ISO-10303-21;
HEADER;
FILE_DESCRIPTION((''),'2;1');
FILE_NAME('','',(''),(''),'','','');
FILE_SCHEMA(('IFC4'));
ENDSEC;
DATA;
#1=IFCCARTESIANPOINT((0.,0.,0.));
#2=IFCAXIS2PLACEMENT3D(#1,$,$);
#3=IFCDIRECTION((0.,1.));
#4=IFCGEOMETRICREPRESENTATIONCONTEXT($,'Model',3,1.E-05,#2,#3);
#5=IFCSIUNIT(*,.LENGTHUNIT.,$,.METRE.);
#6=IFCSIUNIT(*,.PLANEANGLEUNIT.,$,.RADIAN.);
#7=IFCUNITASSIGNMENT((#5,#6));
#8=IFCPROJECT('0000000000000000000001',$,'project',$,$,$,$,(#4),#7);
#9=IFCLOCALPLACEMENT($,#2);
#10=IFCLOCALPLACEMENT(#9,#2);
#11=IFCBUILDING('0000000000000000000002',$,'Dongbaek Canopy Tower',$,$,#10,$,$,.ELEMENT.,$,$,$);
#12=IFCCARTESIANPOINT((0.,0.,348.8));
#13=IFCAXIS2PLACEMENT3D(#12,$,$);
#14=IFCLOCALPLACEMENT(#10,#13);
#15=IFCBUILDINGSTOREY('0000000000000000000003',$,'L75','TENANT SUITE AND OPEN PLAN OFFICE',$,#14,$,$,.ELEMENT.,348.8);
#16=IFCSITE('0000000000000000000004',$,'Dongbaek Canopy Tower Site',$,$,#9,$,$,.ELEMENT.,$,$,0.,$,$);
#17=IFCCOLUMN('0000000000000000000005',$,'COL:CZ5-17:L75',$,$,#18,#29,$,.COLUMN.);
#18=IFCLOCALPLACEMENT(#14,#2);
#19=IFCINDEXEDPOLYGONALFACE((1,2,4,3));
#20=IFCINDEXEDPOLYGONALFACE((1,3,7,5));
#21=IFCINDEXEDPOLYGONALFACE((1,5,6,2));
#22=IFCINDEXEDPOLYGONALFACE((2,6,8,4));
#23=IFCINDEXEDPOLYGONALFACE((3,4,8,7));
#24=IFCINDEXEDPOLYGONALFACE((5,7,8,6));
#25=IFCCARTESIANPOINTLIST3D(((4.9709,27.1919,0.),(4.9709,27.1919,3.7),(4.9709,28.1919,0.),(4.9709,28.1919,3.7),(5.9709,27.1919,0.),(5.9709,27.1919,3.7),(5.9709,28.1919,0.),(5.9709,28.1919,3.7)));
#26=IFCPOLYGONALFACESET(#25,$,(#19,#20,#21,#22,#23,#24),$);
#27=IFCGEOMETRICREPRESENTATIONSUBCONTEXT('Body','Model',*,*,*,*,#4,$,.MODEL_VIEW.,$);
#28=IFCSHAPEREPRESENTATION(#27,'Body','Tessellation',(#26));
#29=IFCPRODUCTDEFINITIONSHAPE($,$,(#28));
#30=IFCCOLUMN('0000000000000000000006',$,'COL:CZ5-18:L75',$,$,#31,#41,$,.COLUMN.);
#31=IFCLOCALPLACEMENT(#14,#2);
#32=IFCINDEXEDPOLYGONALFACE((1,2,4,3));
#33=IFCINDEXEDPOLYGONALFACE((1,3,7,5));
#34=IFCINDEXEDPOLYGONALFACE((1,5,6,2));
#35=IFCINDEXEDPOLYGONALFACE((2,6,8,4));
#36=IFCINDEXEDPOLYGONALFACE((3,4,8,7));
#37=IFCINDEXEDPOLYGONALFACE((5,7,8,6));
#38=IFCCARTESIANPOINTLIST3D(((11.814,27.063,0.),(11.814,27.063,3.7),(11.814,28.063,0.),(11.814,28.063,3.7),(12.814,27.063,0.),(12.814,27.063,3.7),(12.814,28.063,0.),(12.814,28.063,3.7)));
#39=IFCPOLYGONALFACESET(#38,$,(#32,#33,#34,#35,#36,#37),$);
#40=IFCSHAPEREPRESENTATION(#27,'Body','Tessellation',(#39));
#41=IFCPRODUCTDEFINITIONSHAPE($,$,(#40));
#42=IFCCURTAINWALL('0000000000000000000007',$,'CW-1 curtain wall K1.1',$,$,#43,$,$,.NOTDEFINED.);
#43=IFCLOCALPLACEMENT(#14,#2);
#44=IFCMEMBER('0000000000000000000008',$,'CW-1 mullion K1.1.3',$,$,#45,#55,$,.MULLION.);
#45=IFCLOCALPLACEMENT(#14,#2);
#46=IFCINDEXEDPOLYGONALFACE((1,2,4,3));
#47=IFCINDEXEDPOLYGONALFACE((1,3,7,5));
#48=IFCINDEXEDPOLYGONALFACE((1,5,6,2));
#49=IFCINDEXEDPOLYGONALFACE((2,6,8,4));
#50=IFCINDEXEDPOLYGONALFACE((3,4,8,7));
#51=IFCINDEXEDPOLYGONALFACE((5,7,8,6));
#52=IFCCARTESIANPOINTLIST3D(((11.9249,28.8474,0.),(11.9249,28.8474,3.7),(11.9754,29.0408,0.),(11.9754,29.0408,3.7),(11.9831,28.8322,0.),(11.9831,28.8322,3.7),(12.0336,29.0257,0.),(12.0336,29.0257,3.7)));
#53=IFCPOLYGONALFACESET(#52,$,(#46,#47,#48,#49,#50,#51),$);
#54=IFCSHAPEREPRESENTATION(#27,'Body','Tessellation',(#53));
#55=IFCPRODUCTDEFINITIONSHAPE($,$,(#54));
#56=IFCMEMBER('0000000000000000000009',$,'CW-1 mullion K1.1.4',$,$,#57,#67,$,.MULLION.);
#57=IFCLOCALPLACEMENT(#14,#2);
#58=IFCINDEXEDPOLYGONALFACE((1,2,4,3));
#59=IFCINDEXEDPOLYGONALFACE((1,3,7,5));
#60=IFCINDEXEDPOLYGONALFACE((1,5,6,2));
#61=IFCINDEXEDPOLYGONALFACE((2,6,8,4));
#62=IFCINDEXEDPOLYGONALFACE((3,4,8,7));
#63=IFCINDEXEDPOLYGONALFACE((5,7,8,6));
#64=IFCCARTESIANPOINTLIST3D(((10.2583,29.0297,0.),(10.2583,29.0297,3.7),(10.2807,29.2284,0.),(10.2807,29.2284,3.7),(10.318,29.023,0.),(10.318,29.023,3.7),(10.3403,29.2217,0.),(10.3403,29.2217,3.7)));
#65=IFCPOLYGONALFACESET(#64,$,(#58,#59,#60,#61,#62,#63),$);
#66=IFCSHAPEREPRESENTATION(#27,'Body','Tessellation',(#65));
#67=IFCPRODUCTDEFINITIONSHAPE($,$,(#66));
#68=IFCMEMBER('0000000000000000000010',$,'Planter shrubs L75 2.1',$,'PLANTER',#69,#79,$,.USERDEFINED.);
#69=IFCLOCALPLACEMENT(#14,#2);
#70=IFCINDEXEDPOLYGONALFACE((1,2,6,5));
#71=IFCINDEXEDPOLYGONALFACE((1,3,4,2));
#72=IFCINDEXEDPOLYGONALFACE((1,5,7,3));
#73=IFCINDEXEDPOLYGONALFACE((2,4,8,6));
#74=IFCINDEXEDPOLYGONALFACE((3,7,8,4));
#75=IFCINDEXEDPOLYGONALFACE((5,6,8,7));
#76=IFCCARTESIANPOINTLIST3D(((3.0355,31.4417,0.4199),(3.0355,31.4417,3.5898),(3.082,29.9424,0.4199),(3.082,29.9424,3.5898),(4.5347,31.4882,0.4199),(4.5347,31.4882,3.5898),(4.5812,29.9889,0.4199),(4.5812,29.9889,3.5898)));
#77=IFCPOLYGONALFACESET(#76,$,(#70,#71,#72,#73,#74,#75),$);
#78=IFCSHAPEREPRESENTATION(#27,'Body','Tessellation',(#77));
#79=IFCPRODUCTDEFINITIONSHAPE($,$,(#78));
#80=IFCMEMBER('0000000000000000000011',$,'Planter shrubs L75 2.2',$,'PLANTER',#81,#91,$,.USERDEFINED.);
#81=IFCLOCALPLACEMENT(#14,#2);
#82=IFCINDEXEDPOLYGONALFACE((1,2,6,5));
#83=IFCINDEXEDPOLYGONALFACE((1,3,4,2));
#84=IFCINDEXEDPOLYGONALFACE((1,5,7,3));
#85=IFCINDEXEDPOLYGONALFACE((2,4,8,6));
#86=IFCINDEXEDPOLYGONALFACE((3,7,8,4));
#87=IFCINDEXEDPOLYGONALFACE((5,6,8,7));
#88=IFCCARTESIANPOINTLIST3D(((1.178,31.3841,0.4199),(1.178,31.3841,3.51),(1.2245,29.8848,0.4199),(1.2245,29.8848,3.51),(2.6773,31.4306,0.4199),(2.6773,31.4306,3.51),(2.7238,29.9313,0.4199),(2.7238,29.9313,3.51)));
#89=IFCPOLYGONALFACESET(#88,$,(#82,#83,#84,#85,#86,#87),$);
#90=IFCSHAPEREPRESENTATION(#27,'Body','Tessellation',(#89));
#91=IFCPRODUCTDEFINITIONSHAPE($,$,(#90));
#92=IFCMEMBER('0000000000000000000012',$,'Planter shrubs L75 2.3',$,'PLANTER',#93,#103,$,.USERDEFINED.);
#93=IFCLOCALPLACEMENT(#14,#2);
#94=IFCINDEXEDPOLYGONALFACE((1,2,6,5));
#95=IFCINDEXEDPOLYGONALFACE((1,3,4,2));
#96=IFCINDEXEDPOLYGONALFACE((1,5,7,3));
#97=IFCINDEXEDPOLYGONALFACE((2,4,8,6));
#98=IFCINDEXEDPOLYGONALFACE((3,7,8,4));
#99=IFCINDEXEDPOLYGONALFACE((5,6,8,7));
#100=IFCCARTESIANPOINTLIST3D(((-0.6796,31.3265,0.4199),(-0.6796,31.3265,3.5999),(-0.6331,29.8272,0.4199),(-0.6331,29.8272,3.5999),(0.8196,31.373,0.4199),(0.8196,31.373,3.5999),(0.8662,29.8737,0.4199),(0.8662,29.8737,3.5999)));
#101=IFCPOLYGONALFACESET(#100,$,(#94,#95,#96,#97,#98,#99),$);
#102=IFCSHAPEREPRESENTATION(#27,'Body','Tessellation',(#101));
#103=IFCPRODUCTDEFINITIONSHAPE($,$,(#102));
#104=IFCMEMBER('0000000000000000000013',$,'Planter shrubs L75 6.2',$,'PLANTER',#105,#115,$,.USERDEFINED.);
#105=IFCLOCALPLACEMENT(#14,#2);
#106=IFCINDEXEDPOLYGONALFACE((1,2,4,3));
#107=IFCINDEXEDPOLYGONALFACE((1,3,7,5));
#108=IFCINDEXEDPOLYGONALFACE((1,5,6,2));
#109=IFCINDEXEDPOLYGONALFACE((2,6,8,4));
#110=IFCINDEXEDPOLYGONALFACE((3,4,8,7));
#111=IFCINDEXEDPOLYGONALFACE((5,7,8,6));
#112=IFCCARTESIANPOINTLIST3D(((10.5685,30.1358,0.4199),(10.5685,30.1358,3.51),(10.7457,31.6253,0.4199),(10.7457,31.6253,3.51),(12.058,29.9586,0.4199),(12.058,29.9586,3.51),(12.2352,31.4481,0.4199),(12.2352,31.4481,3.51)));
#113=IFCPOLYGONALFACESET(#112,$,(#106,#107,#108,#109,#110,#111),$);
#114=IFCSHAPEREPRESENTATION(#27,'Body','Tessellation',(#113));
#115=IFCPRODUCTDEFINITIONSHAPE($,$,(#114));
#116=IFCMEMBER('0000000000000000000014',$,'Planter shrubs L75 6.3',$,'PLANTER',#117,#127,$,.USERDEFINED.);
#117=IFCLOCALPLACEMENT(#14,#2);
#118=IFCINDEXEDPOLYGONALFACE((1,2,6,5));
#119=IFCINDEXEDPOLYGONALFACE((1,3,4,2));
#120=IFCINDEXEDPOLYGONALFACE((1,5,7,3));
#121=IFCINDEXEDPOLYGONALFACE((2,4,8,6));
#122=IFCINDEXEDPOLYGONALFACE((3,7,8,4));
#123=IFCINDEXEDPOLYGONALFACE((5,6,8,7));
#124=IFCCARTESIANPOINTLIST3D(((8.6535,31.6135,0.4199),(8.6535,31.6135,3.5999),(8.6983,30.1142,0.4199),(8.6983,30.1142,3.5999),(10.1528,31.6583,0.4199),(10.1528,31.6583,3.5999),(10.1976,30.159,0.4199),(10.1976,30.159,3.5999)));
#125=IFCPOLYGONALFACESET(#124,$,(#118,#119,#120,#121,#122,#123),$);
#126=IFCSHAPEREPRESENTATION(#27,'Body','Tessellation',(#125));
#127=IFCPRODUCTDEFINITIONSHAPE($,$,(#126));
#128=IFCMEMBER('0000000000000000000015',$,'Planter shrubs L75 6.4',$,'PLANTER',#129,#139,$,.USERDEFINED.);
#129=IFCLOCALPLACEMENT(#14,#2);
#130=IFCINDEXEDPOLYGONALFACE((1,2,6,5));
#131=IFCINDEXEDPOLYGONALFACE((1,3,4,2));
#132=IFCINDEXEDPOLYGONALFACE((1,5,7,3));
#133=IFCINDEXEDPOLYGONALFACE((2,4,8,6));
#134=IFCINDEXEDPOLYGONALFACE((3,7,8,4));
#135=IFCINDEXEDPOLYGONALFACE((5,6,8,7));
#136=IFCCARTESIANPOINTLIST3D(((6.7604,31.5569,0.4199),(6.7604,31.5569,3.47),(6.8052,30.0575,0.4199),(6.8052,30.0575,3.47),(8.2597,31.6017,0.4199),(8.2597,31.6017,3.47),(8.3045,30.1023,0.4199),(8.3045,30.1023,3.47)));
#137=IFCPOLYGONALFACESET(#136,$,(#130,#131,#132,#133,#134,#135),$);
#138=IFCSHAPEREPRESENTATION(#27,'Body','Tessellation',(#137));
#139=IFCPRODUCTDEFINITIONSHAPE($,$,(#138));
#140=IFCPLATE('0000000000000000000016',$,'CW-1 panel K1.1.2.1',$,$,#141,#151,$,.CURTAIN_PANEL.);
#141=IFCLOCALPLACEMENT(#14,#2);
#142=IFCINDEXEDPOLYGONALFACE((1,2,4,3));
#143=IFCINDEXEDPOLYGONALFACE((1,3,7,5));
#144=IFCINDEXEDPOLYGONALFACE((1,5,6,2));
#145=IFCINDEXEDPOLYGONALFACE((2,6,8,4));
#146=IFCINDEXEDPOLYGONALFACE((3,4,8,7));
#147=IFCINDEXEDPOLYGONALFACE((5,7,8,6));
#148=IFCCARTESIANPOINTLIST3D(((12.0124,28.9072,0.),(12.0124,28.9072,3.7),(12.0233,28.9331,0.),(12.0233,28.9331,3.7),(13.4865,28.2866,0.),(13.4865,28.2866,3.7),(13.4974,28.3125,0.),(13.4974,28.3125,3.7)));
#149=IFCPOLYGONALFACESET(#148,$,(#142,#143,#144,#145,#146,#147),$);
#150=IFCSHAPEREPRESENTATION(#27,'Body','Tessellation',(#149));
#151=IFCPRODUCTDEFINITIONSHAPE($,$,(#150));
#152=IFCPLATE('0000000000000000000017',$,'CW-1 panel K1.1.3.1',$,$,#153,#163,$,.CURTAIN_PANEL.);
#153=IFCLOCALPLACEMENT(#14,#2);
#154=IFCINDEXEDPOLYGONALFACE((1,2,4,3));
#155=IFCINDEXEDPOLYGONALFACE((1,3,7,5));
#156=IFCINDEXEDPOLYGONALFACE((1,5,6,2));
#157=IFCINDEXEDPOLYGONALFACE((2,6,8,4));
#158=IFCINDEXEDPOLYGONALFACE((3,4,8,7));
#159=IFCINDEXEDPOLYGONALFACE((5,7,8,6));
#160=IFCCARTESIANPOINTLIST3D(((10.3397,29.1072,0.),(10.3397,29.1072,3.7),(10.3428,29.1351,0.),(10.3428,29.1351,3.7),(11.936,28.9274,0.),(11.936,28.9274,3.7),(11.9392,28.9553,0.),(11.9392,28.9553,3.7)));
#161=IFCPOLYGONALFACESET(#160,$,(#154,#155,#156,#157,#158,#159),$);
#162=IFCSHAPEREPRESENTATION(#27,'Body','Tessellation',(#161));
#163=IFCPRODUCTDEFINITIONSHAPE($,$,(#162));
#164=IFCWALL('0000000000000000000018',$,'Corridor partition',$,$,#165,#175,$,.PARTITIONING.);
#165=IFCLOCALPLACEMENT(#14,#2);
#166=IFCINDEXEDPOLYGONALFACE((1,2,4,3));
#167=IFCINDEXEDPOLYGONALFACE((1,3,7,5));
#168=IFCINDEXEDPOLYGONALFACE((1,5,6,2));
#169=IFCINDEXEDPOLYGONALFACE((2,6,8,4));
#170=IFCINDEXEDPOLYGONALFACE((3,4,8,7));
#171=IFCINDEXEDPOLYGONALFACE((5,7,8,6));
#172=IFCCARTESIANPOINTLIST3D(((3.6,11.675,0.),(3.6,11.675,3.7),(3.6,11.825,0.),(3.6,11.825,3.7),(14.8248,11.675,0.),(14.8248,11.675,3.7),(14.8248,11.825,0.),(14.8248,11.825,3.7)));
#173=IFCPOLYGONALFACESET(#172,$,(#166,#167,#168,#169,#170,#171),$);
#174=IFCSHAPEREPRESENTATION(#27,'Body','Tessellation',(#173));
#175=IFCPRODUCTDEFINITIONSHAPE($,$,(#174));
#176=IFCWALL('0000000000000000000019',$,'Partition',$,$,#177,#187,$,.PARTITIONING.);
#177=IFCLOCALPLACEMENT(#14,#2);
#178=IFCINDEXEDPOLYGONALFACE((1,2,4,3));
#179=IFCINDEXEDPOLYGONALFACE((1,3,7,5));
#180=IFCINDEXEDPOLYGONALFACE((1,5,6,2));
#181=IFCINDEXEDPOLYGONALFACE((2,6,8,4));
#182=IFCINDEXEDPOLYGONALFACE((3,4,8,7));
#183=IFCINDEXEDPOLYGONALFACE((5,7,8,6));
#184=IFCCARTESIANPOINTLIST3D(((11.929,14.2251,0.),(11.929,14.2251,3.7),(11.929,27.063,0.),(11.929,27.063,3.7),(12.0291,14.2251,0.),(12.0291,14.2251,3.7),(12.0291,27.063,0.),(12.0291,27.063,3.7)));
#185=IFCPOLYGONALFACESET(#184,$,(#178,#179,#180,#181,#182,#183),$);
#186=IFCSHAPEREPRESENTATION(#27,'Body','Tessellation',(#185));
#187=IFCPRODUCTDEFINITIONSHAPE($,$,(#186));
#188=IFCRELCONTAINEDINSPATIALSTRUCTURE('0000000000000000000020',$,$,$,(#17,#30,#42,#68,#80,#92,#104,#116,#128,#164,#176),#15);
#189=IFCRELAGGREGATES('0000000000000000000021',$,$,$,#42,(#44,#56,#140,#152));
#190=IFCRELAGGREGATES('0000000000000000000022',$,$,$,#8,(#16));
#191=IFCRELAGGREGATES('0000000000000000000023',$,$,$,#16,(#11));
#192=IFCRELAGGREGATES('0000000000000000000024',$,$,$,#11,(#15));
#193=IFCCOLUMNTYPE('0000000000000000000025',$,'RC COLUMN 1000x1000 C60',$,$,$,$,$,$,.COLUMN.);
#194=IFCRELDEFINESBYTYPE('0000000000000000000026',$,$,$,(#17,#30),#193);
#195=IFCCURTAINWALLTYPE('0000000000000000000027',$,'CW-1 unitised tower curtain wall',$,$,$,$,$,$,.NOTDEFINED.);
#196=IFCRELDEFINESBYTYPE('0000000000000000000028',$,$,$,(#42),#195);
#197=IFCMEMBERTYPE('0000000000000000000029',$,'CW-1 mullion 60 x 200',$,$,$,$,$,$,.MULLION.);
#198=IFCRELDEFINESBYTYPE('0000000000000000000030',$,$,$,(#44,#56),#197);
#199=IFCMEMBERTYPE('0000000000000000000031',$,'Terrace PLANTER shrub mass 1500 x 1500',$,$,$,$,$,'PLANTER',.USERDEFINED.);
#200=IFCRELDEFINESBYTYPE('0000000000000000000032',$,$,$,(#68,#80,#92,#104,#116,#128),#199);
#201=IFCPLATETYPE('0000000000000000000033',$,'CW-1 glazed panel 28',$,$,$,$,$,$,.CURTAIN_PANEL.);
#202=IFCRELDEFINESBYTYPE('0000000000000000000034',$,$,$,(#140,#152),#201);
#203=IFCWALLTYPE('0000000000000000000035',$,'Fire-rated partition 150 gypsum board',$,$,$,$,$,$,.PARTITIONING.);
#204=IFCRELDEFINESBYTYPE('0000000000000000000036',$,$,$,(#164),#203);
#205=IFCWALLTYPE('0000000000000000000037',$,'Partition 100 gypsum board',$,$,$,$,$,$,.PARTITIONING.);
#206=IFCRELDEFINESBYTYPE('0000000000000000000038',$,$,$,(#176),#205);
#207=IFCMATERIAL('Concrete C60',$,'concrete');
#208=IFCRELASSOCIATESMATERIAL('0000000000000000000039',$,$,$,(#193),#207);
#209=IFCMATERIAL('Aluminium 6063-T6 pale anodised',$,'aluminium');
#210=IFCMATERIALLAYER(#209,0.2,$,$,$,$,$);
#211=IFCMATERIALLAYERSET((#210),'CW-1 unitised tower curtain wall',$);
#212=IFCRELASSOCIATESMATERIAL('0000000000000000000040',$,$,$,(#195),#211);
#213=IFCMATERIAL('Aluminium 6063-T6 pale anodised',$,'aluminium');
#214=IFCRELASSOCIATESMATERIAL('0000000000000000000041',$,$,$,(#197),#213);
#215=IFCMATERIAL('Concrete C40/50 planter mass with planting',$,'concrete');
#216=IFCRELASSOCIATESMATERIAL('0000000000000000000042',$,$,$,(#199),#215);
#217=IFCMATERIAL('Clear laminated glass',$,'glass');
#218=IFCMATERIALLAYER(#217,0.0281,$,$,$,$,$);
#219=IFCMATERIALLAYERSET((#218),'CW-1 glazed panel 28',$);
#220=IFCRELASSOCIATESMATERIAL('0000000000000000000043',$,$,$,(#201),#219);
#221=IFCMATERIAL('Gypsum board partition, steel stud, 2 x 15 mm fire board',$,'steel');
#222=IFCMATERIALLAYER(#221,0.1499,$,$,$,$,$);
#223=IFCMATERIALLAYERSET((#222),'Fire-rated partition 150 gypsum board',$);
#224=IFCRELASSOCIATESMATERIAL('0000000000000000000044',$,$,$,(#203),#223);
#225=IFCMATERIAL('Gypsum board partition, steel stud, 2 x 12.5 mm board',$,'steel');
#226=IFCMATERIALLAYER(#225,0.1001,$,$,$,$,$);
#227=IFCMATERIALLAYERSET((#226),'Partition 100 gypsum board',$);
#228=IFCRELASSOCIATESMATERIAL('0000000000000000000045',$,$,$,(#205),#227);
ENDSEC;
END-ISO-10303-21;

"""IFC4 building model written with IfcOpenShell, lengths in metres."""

from ifc_helpers import new_model, si_unit, direction, frame, frame_2d, origin, origin_2d, place, context, subcontext, project, spatial, rectangle, extrude, material, layer, layer_set, material_profile, profile_set, type_object, element, aggregate, save


model = new_model("IFC4")

# Units and contexts
model_context = context("Model", 3, precision=1e-05, world=origin(), true_north=direction((0.0, 1.0)))
body_context = subcontext(model_context, "Body", "Model", "MODEL_VIEW")
ifc_project = project(units=[si_unit("LENGTHUNIT", "METRE"), si_unit("PLANEANGLEUNIT", "RADIAN")], contexts=[model_context])

# Site, building, storey
site_placement = place(None, origin())
site = spatial("IfcSite", under=ifc_project, at=site_placement, Name="Dongbaek Canopy Tower Site", CompositionType="ELEMENT", RefElevation=0.0)
building_placement = place(site_placement, origin())
building = spatial("IfcBuilding", under=site, at=building_placement, Name="Dongbaek Canopy Tower", CompositionType="ELEMENT")
storey_placement = place(building_placement, frame((0.0, 0.0, 348.8)))
storey = spatial("IfcBuildingStorey", under=building, at=storey_placement, Name="L75", Description="TENANT SUITE AND OPEN PLAN OFFICE", CompositionType="ELEMENT", Elevation=348.8)

# Columns
ifc_material_1 = material(Name="Concrete C60", Category="concrete")
ifc_material_profile_1 = material_profile(ifc_material_1, rectangle(XDim=1.0, YDim=1.0, at=origin_2d()), Name="RC COLUMN 1000x1000 C60")
ifc_profile_set_1 = profile_set([ifc_material_profile_1], Name="Concrete C60")
column_type = type_object("IfcColumnType", Name="RC COLUMN 1000x1000 C60", PredefinedType="COLUMN", material=ifc_profile_set_1)
for number, where, z_axis, x_axis, name in (
    (1, (5.4709, 27.6919, 0.0), (0.0, 0.0, 1.0), (1.0, 0.0, 0.0), "COL:CZ5-17:L75"),
    (2, (12.314, 27.563, 0.0), (0.0, 0.0, 1.0), (1.0, 0.0, 0.0), "COL:CZ5-18:L75"),
):
    element("IfcColumn", number, at=place(storey_placement, frame(where, z_axis=z_axis, x_axis=x_axis)), inside=storey, type_object=column_type, Name=name, PredefinedType="COLUMN", context=body_context, shape_type="SweptSolid", body=[
        extrude(rectangle(XDim=1.0, YDim=1.0, at=origin_2d()), origin(), (0.0, 0.0, 1.0), 3.7),
    ])

# Curtain wall, members
ifc_material_2 = material(Name="Aluminium 6063-T6 pale anodised", Category="aluminium")
ifc_layer_1 = layer(ifc_material_2, 0.2)
ifc_layer_set_1 = layer_set([ifc_layer_1], Name="CW-1 unitised tower curtain wall")
curtain_wall_type = type_object("IfcCurtainWallType", Name="CW-1 unitised tower curtain wall", PredefinedType="NOTDEFINED", material=ifc_layer_set_1)
curtain_wall_placement = place(storey_placement, origin())
curtain_wall = element("IfcCurtainWall", 3, at=curtain_wall_placement, inside=storey, type_object=curtain_wall_type, Name="CW-1 curtain wall K1.1", PredefinedType="NOTDEFINED")
ifc_material_3 = material(Name="Aluminium 6063-T6 pale anodised", Category="aluminium")
ifc_material_profile_2 = material_profile(ifc_material_3, rectangle(XDim=0.2, YDim=0.0601, at=origin_2d()), Name="CW-1 mullion 60 x 200")
ifc_profile_set_2 = profile_set([ifc_material_profile_2], Name="Aluminium 6063-T6 pale anodised")
member_type_1 = type_object("IfcMemberType", Name="CW-1 mullion 60 x 200", PredefinedType="MULLION", material=ifc_profile_set_2)
member_1_placement = place(storey_placement, frame((11.9792, 28.9365, 0.0), z_axis=(0.0, 0.0, 1.0), x_axis=(0.252556, 0.967582, 0.0)))
member_1 = element("IfcMember", 4, at=member_1_placement, type_object=member_type_1, Name="CW-1 mullion K1.1.3", PredefinedType="MULLION", context=body_context, shape_type="SweptSolid", body=[
    extrude(rectangle(XDim=0.2, YDim=0.0601, at=origin_2d()), origin(), (0.0, 0.0, 1.0), 3.7),
])
member_2_placement = place(storey_placement, frame((10.2993, 29.1257, 0.0), z_axis=(0.0, 0.0, 1.0), x_axis=(0.111921, 0.993717, 0.0)))
member_2 = element("IfcMember", 5, at=member_2_placement, type_object=member_type_1, Name="CW-1 mullion K1.1.4", PredefinedType="MULLION", context=body_context, shape_type="SweptSolid", body=[
    extrude(rectangle(XDim=0.2, YDim=0.0601, at=origin_2d()), origin(), (0.0, 0.0, 1.0), 3.7),
])

# Members
ifc_material_4 = material(Name="Concrete C40/50 planter mass with planting", Category="concrete")
ifc_material_profile_3 = material_profile(ifc_material_4, rectangle(XDim=1.5, YDim=1.5, at=origin_2d()), Name="Terrace PLANTER shrub mass 1500 x 1500")
ifc_profile_set_3 = profile_set([ifc_material_profile_3], Name="Concrete C40/50 planter mass with planting")
member_type_2 = type_object("IfcMemberType", Name="Terrace PLANTER shrub mass 1500 x 1500", ElementType="PLANTER", PredefinedType="USERDEFINED", material=ifc_profile_set_3)
member_3_placement = place(storey_placement, frame((3.8083, 30.7153, 0.4199), z_axis=(0.0, 0.0, 1.0), x_axis=(-0.031003, 0.999519, 0.0)))
element("IfcMember", 6, at=member_3_placement, inside=storey, type_object=member_type_2, Name="Planter shrubs L75 2.1", ObjectType="PLANTER", PredefinedType="USERDEFINED", context=body_context, shape_type="SweptSolid", body=[
    extrude(rectangle(XDim=1.5, YDim=1.5, at=origin_2d()), origin(), (0.0, 0.0, 1.0), 3.1699),
])
member_4_placement = place(storey_placement, frame((1.9509, 30.6577, 0.4199), z_axis=(0.0, 0.0, 1.0), x_axis=(-0.031003, 0.999519, 0.0)))
element("IfcMember", 7, at=member_4_placement, inside=storey, type_object=member_type_2, Name="Planter shrubs L75 2.2", ObjectType="PLANTER", PredefinedType="USERDEFINED", context=body_context, shape_type="SweptSolid", body=[
    extrude(rectangle(XDim=1.5, YDim=1.5, at=origin_2d()), origin(), (0.0, 0.0, 1.0), 3.0901),
])
member_5_placement = place(storey_placement, frame((0.0933, 30.6001, 0.4199), z_axis=(0.0, 0.0, 1.0), x_axis=(-0.031003, 0.999519, 0.0)))
element("IfcMember", 8, at=member_5_placement, inside=storey, type_object=member_type_2, Name="Planter shrubs L75 2.3", ObjectType="PLANTER", PredefinedType="USERDEFINED", context=body_context, shape_type="SweptSolid", body=[
    extrude(rectangle(XDim=1.5, YDim=1.5, at=origin_2d()), origin(), (0.0, 0.0, 1.0), 3.1799),
])
member_6_placement = place(storey_placement, frame((11.4019, 30.792, 0.4199), z_axis=(0.0, 0.0, 1.0), x_axis=(0.118129, 0.992998, 0.0)))
element("IfcMember", 9, at=member_6_placement, inside=storey, type_object=member_type_2, Name="Planter shrubs L75 6.2", ObjectType="PLANTER", PredefinedType="USERDEFINED", context=body_context, shape_type="SweptSolid", body=[
    extrude(rectangle(XDim=1.5, YDim=1.5, at=origin_2d()), origin(), (0.0, 0.0, 1.0), 3.0901),
])
member_7_placement = place(storey_placement, frame((9.4255, 30.8862, 0.4199), z_axis=(0.0, 0.0, 1.0), x_axis=(-0.029861, 0.999554, 0.0)))
element("IfcMember", 10, at=member_7_placement, inside=storey, type_object=member_type_2, Name="Planter shrubs L75 6.3", ObjectType="PLANTER", PredefinedType="USERDEFINED", context=body_context, shape_type="SweptSolid", body=[
    extrude(rectangle(XDim=1.5, YDim=1.5, at=origin_2d()), origin(), (0.0, 0.0, 1.0), 3.1799),
])
member_8_placement = place(storey_placement, frame((7.5325, 30.8296, 0.4199), z_axis=(0.0, 0.0, 1.0), x_axis=(-0.029861, 0.999554, 0.0)))
element("IfcMember", 11, at=member_8_placement, inside=storey, type_object=member_type_2, Name="Planter shrubs L75 6.4", ObjectType="PLANTER", PredefinedType="USERDEFINED", context=body_context, shape_type="SweptSolid", body=[
    extrude(rectangle(XDim=1.5, YDim=1.5, at=origin_2d()), origin(), (0.0, 0.0, 1.0), 3.05),
])

# Plates
ifc_material_5 = material(Name="Clear laminated glass", Category="glass")
ifc_layer_2 = layer(ifc_material_5, 0.0281)
ifc_layer_set_2 = layer_set([ifc_layer_2], Name="CW-1 glazed panel 28")
plate_type = type_object("IfcPlateType", Name="CW-1 glazed panel 28", PredefinedType="CURTAIN_PANEL", material=ifc_layer_set_2)
plate_1_placement = place(storey_placement, frame((12.7549, 28.6099, 0.0), z_axis=(0.0, 0.0, 1.0), x_axis=(-0.92165, 0.388023, 0.0)))
plate_1 = element("IfcPlate", 12, at=plate_1_placement, type_object=plate_type, Name="CW-1 panel K1.1.2.1", PredefinedType="CURTAIN_PANEL", context=body_context, shape_type="SweptSolid", body=[
    extrude(rectangle(XDim=1.5994, YDim=0.0281, at=origin_2d()), origin(), (0.0, 0.0, 1.0), 3.7),
])
plate_2_placement = place(storey_placement, frame((11.1394, 29.0312, 0.0), z_axis=(0.0, 0.0, 1.0), x_axis=(-0.993717, 0.111921, 0.0)))
plate_2 = element("IfcPlate", 13, at=plate_2_placement, type_object=plate_type, Name="CW-1 panel K1.1.3.1", PredefinedType="CURTAIN_PANEL", context=body_context, shape_type="SweptSolid", body=[
    extrude(rectangle(XDim=1.6064, YDim=0.0281, at=origin_2d()), origin(), (0.0, 0.0, 1.0), 3.7),
])
aggregate(curtain_wall, [member_1, member_2, plate_1, plate_2])

# Walls
ifc_material_6 = material(Name="Gypsum board partition, steel stud, 2 x 15 mm fire board", Category="steel")
ifc_layer_3 = layer(ifc_material_6, 0.1499)
ifc_layer_set_3 = layer_set([ifc_layer_3], Name="Fire-rated partition 150 gypsum board")
wall_type_1 = type_object("IfcWallType", Name="Fire-rated partition 150 gypsum board", PredefinedType="PARTITIONING", material=ifc_layer_set_3)
wall_1_placement = place(storey_placement, frame((3.6001, 11.75, 0.0), z_axis=(0.0, 0.0, 1.0), x_axis=(1.0, 0.0, 0.0)))
element("IfcWall", 14, at=wall_1_placement, inside=storey, type_object=wall_type_1, Name="Corridor partition", PredefinedType="PARTITIONING", context=body_context, shape_type="SweptSolid", body=[
    extrude(rectangle(XDim=11.2249, YDim=0.1499, at=frame_2d((5.6123, 0.0))), origin(), (0.0, 0.0, 1.0), 3.7),
])
ifc_material_7 = material(Name="Gypsum board partition, steel stud, 2 x 12.5 mm board", Category="steel")
ifc_layer_4 = layer(ifc_material_7, 0.1001)
ifc_layer_set_4 = layer_set([ifc_layer_4], Name="Partition 100 gypsum board")
wall_type_2 = type_object("IfcWallType", Name="Partition 100 gypsum board", PredefinedType="PARTITIONING", material=ifc_layer_set_4)
wall_2_placement = place(storey_placement, frame((11.979, 14.2251, 0.0), z_axis=(0.0, 0.0, 1.0), x_axis=(0.0, 1.0, 0.0)))
element("IfcWall", 15, at=wall_2_placement, inside=storey, type_object=wall_type_2, Name="Partition", PredefinedType="PARTITIONING", context=body_context, shape_type="SweptSolid", body=[
    extrude(rectangle(XDim=12.8379, YDim=0.1001, at=frame_2d((6.4189, 0.0))), origin(), (0.0, 0.0, 1.0), 3.7),
])

save(model, "model.ifc")
